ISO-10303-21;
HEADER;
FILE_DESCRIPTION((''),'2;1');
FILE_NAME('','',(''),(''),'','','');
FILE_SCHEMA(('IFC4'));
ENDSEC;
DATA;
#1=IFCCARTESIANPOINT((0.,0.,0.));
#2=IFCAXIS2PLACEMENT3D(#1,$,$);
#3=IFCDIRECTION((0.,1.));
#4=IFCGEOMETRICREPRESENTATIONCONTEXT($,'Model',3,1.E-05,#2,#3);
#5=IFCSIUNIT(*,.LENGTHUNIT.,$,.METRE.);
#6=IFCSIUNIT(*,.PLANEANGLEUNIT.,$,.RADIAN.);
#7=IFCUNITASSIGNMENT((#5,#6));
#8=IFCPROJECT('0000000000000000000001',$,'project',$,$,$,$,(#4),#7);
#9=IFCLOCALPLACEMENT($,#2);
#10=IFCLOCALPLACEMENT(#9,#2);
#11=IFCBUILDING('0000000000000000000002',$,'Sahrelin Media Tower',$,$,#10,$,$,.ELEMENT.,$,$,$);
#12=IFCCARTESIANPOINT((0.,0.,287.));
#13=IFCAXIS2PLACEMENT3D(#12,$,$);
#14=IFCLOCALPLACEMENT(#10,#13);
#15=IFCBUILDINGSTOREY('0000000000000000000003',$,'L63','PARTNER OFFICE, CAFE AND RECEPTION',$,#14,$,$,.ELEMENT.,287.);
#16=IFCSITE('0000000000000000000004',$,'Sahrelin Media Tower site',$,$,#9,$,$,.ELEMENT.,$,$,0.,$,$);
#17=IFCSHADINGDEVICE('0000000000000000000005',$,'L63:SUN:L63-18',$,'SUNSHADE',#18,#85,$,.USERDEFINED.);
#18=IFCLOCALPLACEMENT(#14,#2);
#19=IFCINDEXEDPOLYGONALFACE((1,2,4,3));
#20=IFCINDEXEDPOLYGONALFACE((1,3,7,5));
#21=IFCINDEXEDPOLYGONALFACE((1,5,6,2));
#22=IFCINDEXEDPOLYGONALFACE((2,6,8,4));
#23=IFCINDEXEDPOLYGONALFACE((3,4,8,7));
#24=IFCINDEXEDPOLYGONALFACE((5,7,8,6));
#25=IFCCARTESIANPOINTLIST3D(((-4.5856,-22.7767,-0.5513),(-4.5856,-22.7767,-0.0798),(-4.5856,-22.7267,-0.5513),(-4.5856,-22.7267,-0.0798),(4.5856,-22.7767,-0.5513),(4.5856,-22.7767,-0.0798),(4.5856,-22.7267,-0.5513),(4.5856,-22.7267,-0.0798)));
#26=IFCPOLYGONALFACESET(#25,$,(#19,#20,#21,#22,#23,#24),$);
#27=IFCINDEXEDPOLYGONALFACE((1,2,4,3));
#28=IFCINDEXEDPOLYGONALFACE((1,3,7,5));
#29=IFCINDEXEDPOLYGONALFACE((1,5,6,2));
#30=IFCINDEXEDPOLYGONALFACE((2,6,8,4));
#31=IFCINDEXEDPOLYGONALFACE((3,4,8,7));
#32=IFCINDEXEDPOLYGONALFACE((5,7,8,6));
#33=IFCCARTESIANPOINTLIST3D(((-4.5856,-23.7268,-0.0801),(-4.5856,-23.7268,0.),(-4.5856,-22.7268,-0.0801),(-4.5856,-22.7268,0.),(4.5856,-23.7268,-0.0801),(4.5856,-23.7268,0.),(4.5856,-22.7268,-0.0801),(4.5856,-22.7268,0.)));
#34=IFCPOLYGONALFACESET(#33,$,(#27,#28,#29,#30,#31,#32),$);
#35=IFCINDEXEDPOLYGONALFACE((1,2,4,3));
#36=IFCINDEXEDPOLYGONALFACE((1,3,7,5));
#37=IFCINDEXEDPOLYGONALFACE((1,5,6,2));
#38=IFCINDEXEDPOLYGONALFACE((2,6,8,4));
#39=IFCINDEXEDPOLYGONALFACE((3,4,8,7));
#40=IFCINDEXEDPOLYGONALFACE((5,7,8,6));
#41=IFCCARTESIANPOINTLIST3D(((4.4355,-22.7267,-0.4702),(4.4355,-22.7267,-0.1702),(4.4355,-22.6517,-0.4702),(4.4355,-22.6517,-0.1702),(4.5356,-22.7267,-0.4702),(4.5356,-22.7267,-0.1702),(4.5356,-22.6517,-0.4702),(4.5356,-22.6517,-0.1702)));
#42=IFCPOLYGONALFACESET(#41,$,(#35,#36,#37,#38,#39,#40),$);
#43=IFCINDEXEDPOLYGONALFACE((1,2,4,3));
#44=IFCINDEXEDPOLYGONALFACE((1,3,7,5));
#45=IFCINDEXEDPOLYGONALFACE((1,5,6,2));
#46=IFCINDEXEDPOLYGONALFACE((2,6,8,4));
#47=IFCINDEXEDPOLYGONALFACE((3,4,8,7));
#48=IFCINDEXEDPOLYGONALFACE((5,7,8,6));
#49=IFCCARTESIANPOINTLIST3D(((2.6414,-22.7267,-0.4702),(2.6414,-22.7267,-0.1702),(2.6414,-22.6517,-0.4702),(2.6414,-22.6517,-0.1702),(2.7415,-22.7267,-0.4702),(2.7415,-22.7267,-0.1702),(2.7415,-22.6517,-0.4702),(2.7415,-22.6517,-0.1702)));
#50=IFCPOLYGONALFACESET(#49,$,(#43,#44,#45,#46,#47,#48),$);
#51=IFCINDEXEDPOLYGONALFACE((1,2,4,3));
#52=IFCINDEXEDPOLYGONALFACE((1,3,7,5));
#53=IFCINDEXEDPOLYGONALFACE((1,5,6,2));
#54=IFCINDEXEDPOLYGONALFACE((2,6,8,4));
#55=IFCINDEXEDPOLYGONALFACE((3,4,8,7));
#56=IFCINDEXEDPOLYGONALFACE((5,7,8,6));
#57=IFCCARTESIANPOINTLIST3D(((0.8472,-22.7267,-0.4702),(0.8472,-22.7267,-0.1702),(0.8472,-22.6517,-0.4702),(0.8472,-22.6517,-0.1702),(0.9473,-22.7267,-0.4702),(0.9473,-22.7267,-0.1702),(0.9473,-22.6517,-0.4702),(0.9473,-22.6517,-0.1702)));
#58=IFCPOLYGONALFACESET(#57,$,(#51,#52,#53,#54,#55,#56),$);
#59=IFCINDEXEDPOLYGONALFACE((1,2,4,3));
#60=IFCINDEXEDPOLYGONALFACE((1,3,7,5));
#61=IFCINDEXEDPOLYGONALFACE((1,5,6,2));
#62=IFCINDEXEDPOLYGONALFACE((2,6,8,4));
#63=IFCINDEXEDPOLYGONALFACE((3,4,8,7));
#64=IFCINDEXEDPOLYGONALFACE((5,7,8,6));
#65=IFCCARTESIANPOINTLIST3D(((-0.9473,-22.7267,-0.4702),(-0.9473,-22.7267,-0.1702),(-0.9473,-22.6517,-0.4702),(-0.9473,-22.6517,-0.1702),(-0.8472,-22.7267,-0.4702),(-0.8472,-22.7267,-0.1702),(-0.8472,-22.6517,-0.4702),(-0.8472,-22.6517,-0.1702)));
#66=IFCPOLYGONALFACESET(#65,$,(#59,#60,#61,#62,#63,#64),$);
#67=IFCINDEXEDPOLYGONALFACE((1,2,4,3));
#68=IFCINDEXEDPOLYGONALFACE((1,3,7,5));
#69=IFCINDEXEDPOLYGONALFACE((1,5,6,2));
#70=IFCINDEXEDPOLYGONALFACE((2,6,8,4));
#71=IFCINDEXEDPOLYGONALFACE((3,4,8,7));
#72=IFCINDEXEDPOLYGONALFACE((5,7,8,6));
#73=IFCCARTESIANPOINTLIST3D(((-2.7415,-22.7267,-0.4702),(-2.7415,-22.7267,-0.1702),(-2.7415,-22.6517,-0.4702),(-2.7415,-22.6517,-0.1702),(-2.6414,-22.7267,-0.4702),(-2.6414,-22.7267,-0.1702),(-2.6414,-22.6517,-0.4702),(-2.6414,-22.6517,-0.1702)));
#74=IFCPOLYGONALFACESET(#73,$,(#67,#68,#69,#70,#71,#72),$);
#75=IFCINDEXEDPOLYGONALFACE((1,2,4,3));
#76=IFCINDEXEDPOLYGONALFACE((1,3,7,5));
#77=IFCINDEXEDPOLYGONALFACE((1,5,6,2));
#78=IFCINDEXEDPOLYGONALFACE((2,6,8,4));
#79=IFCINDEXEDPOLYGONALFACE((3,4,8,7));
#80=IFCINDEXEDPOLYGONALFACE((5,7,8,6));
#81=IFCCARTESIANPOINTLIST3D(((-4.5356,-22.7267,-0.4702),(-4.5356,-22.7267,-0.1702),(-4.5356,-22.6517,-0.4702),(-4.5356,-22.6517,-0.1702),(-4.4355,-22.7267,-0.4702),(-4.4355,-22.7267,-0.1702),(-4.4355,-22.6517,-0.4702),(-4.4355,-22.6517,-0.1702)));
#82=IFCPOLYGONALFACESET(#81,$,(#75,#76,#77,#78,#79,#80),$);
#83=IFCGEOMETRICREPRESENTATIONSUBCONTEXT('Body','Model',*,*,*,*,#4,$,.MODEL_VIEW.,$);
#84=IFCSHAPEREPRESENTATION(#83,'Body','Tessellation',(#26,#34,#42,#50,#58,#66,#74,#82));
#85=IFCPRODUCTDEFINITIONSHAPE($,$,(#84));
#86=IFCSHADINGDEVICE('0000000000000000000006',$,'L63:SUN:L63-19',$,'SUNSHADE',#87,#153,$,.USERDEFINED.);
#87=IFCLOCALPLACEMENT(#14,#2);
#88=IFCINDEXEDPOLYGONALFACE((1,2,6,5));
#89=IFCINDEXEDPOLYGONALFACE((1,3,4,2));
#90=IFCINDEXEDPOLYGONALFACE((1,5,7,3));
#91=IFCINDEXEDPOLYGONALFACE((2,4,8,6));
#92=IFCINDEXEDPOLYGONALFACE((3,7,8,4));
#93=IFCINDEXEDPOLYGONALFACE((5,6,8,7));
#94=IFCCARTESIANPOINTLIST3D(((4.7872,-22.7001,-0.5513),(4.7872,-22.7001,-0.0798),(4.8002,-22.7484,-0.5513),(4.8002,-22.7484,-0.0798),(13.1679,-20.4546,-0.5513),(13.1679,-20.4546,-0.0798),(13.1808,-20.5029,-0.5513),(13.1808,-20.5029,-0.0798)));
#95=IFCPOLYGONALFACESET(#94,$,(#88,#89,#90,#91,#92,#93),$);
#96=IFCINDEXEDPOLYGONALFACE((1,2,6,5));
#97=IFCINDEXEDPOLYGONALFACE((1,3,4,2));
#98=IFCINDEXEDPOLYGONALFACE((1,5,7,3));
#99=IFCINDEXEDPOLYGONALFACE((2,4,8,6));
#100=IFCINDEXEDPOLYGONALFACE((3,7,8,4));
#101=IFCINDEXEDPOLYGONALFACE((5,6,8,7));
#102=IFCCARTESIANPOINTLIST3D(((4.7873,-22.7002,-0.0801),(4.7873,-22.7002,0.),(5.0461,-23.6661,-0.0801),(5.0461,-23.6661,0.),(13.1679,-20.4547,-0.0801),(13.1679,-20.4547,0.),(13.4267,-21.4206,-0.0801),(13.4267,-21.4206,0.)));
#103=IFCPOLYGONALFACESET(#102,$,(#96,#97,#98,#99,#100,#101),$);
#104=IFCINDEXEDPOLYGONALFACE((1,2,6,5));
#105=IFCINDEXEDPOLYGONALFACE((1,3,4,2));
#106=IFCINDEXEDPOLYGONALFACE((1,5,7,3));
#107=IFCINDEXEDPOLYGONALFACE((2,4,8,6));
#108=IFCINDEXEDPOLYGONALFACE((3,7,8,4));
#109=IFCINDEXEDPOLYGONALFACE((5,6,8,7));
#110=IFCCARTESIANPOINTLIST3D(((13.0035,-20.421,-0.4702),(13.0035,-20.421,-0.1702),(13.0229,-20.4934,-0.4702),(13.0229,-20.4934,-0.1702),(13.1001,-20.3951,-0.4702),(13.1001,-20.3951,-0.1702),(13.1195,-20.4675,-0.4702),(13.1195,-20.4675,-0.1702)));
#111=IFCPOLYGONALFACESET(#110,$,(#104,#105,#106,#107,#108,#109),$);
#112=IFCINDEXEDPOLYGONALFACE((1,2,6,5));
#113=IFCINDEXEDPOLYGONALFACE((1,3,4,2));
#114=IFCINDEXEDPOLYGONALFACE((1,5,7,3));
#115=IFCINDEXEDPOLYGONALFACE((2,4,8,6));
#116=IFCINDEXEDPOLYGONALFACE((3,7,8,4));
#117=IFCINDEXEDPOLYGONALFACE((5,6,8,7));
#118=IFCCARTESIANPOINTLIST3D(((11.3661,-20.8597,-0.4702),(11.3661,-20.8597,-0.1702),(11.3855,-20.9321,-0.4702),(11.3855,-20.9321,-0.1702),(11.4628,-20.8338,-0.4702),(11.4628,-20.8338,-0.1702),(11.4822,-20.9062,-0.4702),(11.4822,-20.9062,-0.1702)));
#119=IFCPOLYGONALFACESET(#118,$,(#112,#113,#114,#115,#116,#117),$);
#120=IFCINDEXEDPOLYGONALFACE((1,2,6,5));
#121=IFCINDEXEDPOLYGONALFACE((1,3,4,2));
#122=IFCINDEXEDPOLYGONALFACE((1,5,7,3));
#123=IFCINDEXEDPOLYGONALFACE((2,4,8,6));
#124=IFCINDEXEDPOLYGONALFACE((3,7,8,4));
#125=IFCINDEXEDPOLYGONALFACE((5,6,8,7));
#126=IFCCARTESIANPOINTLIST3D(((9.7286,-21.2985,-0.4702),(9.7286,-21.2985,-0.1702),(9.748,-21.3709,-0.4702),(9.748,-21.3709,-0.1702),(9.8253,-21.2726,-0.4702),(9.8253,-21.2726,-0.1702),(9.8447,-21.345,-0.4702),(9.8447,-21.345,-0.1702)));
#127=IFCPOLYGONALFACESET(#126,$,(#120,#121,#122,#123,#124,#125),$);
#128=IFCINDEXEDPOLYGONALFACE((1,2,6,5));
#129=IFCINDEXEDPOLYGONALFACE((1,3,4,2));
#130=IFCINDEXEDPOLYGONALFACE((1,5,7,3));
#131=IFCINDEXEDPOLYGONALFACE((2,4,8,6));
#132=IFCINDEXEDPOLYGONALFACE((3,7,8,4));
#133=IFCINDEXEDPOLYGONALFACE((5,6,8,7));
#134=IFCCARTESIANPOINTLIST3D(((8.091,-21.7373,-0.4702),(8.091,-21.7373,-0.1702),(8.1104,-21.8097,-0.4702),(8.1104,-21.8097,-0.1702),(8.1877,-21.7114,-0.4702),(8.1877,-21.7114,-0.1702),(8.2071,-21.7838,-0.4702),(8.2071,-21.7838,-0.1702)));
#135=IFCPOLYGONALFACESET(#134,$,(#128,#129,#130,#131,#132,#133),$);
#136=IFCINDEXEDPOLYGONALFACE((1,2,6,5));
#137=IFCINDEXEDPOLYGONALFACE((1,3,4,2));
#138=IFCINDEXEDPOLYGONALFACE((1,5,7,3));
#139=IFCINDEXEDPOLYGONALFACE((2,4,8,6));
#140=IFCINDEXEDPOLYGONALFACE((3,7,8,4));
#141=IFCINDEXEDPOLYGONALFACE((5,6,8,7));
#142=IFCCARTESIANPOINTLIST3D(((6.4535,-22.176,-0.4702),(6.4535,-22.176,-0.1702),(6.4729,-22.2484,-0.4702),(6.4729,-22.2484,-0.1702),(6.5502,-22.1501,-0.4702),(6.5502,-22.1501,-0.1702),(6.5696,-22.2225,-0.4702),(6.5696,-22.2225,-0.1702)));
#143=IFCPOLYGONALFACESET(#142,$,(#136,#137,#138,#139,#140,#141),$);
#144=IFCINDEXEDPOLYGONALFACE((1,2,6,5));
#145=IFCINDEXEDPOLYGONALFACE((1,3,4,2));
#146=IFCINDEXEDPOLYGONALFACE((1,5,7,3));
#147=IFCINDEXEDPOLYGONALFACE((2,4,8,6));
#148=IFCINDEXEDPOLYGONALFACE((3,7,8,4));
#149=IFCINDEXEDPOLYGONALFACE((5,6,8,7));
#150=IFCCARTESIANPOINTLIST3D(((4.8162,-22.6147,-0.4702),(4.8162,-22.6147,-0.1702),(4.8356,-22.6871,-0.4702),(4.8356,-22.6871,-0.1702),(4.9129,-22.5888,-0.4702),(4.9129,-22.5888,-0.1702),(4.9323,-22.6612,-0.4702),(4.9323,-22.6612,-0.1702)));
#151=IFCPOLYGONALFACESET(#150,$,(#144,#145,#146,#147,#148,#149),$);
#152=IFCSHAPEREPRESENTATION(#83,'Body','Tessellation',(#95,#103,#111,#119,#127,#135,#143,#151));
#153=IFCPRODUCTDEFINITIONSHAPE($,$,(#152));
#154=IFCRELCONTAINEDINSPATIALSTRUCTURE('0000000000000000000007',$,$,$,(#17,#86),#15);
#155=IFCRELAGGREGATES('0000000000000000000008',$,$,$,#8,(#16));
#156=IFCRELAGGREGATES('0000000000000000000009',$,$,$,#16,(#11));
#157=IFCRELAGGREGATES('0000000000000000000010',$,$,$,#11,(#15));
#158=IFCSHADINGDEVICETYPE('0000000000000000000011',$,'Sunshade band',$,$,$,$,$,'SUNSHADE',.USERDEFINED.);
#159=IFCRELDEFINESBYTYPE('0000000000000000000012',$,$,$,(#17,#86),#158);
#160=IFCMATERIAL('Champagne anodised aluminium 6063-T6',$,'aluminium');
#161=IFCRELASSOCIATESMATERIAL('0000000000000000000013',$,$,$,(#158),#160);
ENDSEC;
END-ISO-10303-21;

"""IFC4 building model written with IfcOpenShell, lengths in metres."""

from ifc_helpers import new_model, si_unit, direction, frame, origin, origin_2d, place, context, subcontext, project, spatial, rectangle, extrude, material, type_object, element, save


model = new_model("IFC4")

# Units and contexts
model_context = context("Model", 3, precision=1e-05, world=origin(), true_north=direction((0.0, 1.0)))
body_context = subcontext(model_context, "Body", "Model", "MODEL_VIEW")
ifc_project = project(units=[si_unit("LENGTHUNIT", "METRE"), si_unit("PLANEANGLEUNIT", "RADIAN")], contexts=[model_context])

# Site, building, storey
site_placement = place(None, origin())
site = spatial("IfcSite", under=ifc_project, at=site_placement, Name="Sahrelin Media Tower site", CompositionType="ELEMENT", RefElevation=0.0)
building_placement = place(site_placement, origin())
building = spatial("IfcBuilding", under=site, at=building_placement, Name="Sahrelin Media Tower", CompositionType="ELEMENT")
storey_placement = place(building_placement, frame((0.0, 0.0, 287.0)))
storey = spatial("IfcBuildingStorey", under=building, at=storey_placement, Name="L63", Description="PARTNER OFFICE, CAFE AND RECEPTION", CompositionType="ELEMENT", Elevation=287.0)

# Shared definitions
ifc_material_1 = material(Name="Champagne anodised aluminium 6063-T6", Category="aluminium")

# Shading devices
placement_1 = place(storey_placement, frame((0.0, -22.7068, 0.0), z_axis=(0.0, 0.0, 1.0), x_axis=(-1.0, 0.0, 0.0)))
placement_2 = place(storey_placement, frame((8.9724, -21.5581, 0.0), z_axis=(0.0, 0.0, 1.0), x_axis=(-0.965929, -0.258808, 0.0)))
shading_device_type_1 = type_object("IfcShadingDeviceType", Name="Sunshade band", ElementType="SUNSHADE", PredefinedType="USERDEFINED", material=ifc_material_1)
element("IfcShadingDevice", 1, at=placement_1, inside=storey, type_object=shading_device_type_1, Name="L63:SUN:L63-18", ObjectType="SUNSHADE", PredefinedType="USERDEFINED", context=body_context, shape_type="SweptSolid", body=[
    extrude(rectangle(XDim=9.1711, YDim=0.05, at=origin_2d()), frame((0.0, 0.0449, -0.5513)), (0.0, 0.0, 1.0), 0.4714),
    extrude(rectangle(XDim=9.1711, YDim=1.0, at=origin_2d()), frame((0.0, 0.52, -0.0801)), (0.0, 0.0, 1.0), 0.0801),
    extrude(rectangle(XDim=0.1001, YDim=0.075, at=origin_2d()), frame((-4.4856, -0.0176, -0.4702)), (0.0, 0.0, 1.0), 0.3),
    extrude(rectangle(XDim=0.1001, YDim=0.075, at=origin_2d()), frame((-2.6914, -0.0176, -0.4702)), (0.0, 0.0, 1.0), 0.3),
    extrude(rectangle(XDim=0.1001, YDim=0.075, at=origin_2d()), frame((-0.8972, -0.0176, -0.4702)), (0.0, 0.0, 1.0), 0.3),
    extrude(rectangle(XDim=0.1001, YDim=0.075, at=origin_2d()), frame((0.8972, -0.0176, -0.4702)), (0.0, 0.0, 1.0), 0.3),
    extrude(rectangle(XDim=0.1001, YDim=0.075, at=origin_2d()), frame((2.6914, -0.0176, -0.4702)), (0.0, 0.0, 1.0), 0.3),
    extrude(rectangle(XDim=0.1001, YDim=0.075, at=origin_2d()), frame((4.4856, -0.0176, -0.4702)), (0.0, 0.0, 1.0), 0.3),
])
element("IfcShadingDevice", 2, at=placement_2, inside=storey, type_object=shading_device_type_1, Name="L63:SUN:L63-19", ObjectType="SUNSHADE", PredefinedType="USERDEFINED", context=body_context, shape_type="SweptSolid", body=[
    extrude(rectangle(XDim=8.6763, YDim=0.05, at=origin_2d()), frame((0.0, 0.0449, -0.5513)), (0.0, 0.0, 1.0), 0.4714),
    extrude(rectangle(XDim=8.6763, YDim=1.0, at=origin_2d()), frame((0.0, 0.52, -0.0801)), (0.0, 0.0, 1.0), 0.0801),
    extrude(rectangle(XDim=0.1001, YDim=0.075, at=origin_2d()), frame((-4.238, -0.0176, -0.4702)), (0.0, 0.0, 1.0), 0.3),
    extrude(rectangle(XDim=0.1001, YDim=0.075, at=origin_2d()), frame((-2.543, -0.0176, -0.4702)), (0.0, 0.0, 1.0), 0.3),
    extrude(rectangle(XDim=0.1001, YDim=0.075, at=origin_2d()), frame((-0.8477, -0.0176, -0.4702)), (0.0, 0.0, 1.0), 0.3),
    extrude(rectangle(XDim=0.1001, YDim=0.075, at=origin_2d()), frame((0.8477, -0.0176, -0.4702)), (0.0, 0.0, 1.0), 0.3),
    extrude(rectangle(XDim=0.1001, YDim=0.075, at=origin_2d()), frame((2.543, -0.0176, -0.4702)), (0.0, 0.0, 1.0), 0.3),
    extrude(rectangle(XDim=0.1001, YDim=0.075, at=origin_2d()), frame((4.238, -0.0176, -0.4702)), (0.0, 0.0, 1.0), 0.3),
])

save(model, "model.ifc")
